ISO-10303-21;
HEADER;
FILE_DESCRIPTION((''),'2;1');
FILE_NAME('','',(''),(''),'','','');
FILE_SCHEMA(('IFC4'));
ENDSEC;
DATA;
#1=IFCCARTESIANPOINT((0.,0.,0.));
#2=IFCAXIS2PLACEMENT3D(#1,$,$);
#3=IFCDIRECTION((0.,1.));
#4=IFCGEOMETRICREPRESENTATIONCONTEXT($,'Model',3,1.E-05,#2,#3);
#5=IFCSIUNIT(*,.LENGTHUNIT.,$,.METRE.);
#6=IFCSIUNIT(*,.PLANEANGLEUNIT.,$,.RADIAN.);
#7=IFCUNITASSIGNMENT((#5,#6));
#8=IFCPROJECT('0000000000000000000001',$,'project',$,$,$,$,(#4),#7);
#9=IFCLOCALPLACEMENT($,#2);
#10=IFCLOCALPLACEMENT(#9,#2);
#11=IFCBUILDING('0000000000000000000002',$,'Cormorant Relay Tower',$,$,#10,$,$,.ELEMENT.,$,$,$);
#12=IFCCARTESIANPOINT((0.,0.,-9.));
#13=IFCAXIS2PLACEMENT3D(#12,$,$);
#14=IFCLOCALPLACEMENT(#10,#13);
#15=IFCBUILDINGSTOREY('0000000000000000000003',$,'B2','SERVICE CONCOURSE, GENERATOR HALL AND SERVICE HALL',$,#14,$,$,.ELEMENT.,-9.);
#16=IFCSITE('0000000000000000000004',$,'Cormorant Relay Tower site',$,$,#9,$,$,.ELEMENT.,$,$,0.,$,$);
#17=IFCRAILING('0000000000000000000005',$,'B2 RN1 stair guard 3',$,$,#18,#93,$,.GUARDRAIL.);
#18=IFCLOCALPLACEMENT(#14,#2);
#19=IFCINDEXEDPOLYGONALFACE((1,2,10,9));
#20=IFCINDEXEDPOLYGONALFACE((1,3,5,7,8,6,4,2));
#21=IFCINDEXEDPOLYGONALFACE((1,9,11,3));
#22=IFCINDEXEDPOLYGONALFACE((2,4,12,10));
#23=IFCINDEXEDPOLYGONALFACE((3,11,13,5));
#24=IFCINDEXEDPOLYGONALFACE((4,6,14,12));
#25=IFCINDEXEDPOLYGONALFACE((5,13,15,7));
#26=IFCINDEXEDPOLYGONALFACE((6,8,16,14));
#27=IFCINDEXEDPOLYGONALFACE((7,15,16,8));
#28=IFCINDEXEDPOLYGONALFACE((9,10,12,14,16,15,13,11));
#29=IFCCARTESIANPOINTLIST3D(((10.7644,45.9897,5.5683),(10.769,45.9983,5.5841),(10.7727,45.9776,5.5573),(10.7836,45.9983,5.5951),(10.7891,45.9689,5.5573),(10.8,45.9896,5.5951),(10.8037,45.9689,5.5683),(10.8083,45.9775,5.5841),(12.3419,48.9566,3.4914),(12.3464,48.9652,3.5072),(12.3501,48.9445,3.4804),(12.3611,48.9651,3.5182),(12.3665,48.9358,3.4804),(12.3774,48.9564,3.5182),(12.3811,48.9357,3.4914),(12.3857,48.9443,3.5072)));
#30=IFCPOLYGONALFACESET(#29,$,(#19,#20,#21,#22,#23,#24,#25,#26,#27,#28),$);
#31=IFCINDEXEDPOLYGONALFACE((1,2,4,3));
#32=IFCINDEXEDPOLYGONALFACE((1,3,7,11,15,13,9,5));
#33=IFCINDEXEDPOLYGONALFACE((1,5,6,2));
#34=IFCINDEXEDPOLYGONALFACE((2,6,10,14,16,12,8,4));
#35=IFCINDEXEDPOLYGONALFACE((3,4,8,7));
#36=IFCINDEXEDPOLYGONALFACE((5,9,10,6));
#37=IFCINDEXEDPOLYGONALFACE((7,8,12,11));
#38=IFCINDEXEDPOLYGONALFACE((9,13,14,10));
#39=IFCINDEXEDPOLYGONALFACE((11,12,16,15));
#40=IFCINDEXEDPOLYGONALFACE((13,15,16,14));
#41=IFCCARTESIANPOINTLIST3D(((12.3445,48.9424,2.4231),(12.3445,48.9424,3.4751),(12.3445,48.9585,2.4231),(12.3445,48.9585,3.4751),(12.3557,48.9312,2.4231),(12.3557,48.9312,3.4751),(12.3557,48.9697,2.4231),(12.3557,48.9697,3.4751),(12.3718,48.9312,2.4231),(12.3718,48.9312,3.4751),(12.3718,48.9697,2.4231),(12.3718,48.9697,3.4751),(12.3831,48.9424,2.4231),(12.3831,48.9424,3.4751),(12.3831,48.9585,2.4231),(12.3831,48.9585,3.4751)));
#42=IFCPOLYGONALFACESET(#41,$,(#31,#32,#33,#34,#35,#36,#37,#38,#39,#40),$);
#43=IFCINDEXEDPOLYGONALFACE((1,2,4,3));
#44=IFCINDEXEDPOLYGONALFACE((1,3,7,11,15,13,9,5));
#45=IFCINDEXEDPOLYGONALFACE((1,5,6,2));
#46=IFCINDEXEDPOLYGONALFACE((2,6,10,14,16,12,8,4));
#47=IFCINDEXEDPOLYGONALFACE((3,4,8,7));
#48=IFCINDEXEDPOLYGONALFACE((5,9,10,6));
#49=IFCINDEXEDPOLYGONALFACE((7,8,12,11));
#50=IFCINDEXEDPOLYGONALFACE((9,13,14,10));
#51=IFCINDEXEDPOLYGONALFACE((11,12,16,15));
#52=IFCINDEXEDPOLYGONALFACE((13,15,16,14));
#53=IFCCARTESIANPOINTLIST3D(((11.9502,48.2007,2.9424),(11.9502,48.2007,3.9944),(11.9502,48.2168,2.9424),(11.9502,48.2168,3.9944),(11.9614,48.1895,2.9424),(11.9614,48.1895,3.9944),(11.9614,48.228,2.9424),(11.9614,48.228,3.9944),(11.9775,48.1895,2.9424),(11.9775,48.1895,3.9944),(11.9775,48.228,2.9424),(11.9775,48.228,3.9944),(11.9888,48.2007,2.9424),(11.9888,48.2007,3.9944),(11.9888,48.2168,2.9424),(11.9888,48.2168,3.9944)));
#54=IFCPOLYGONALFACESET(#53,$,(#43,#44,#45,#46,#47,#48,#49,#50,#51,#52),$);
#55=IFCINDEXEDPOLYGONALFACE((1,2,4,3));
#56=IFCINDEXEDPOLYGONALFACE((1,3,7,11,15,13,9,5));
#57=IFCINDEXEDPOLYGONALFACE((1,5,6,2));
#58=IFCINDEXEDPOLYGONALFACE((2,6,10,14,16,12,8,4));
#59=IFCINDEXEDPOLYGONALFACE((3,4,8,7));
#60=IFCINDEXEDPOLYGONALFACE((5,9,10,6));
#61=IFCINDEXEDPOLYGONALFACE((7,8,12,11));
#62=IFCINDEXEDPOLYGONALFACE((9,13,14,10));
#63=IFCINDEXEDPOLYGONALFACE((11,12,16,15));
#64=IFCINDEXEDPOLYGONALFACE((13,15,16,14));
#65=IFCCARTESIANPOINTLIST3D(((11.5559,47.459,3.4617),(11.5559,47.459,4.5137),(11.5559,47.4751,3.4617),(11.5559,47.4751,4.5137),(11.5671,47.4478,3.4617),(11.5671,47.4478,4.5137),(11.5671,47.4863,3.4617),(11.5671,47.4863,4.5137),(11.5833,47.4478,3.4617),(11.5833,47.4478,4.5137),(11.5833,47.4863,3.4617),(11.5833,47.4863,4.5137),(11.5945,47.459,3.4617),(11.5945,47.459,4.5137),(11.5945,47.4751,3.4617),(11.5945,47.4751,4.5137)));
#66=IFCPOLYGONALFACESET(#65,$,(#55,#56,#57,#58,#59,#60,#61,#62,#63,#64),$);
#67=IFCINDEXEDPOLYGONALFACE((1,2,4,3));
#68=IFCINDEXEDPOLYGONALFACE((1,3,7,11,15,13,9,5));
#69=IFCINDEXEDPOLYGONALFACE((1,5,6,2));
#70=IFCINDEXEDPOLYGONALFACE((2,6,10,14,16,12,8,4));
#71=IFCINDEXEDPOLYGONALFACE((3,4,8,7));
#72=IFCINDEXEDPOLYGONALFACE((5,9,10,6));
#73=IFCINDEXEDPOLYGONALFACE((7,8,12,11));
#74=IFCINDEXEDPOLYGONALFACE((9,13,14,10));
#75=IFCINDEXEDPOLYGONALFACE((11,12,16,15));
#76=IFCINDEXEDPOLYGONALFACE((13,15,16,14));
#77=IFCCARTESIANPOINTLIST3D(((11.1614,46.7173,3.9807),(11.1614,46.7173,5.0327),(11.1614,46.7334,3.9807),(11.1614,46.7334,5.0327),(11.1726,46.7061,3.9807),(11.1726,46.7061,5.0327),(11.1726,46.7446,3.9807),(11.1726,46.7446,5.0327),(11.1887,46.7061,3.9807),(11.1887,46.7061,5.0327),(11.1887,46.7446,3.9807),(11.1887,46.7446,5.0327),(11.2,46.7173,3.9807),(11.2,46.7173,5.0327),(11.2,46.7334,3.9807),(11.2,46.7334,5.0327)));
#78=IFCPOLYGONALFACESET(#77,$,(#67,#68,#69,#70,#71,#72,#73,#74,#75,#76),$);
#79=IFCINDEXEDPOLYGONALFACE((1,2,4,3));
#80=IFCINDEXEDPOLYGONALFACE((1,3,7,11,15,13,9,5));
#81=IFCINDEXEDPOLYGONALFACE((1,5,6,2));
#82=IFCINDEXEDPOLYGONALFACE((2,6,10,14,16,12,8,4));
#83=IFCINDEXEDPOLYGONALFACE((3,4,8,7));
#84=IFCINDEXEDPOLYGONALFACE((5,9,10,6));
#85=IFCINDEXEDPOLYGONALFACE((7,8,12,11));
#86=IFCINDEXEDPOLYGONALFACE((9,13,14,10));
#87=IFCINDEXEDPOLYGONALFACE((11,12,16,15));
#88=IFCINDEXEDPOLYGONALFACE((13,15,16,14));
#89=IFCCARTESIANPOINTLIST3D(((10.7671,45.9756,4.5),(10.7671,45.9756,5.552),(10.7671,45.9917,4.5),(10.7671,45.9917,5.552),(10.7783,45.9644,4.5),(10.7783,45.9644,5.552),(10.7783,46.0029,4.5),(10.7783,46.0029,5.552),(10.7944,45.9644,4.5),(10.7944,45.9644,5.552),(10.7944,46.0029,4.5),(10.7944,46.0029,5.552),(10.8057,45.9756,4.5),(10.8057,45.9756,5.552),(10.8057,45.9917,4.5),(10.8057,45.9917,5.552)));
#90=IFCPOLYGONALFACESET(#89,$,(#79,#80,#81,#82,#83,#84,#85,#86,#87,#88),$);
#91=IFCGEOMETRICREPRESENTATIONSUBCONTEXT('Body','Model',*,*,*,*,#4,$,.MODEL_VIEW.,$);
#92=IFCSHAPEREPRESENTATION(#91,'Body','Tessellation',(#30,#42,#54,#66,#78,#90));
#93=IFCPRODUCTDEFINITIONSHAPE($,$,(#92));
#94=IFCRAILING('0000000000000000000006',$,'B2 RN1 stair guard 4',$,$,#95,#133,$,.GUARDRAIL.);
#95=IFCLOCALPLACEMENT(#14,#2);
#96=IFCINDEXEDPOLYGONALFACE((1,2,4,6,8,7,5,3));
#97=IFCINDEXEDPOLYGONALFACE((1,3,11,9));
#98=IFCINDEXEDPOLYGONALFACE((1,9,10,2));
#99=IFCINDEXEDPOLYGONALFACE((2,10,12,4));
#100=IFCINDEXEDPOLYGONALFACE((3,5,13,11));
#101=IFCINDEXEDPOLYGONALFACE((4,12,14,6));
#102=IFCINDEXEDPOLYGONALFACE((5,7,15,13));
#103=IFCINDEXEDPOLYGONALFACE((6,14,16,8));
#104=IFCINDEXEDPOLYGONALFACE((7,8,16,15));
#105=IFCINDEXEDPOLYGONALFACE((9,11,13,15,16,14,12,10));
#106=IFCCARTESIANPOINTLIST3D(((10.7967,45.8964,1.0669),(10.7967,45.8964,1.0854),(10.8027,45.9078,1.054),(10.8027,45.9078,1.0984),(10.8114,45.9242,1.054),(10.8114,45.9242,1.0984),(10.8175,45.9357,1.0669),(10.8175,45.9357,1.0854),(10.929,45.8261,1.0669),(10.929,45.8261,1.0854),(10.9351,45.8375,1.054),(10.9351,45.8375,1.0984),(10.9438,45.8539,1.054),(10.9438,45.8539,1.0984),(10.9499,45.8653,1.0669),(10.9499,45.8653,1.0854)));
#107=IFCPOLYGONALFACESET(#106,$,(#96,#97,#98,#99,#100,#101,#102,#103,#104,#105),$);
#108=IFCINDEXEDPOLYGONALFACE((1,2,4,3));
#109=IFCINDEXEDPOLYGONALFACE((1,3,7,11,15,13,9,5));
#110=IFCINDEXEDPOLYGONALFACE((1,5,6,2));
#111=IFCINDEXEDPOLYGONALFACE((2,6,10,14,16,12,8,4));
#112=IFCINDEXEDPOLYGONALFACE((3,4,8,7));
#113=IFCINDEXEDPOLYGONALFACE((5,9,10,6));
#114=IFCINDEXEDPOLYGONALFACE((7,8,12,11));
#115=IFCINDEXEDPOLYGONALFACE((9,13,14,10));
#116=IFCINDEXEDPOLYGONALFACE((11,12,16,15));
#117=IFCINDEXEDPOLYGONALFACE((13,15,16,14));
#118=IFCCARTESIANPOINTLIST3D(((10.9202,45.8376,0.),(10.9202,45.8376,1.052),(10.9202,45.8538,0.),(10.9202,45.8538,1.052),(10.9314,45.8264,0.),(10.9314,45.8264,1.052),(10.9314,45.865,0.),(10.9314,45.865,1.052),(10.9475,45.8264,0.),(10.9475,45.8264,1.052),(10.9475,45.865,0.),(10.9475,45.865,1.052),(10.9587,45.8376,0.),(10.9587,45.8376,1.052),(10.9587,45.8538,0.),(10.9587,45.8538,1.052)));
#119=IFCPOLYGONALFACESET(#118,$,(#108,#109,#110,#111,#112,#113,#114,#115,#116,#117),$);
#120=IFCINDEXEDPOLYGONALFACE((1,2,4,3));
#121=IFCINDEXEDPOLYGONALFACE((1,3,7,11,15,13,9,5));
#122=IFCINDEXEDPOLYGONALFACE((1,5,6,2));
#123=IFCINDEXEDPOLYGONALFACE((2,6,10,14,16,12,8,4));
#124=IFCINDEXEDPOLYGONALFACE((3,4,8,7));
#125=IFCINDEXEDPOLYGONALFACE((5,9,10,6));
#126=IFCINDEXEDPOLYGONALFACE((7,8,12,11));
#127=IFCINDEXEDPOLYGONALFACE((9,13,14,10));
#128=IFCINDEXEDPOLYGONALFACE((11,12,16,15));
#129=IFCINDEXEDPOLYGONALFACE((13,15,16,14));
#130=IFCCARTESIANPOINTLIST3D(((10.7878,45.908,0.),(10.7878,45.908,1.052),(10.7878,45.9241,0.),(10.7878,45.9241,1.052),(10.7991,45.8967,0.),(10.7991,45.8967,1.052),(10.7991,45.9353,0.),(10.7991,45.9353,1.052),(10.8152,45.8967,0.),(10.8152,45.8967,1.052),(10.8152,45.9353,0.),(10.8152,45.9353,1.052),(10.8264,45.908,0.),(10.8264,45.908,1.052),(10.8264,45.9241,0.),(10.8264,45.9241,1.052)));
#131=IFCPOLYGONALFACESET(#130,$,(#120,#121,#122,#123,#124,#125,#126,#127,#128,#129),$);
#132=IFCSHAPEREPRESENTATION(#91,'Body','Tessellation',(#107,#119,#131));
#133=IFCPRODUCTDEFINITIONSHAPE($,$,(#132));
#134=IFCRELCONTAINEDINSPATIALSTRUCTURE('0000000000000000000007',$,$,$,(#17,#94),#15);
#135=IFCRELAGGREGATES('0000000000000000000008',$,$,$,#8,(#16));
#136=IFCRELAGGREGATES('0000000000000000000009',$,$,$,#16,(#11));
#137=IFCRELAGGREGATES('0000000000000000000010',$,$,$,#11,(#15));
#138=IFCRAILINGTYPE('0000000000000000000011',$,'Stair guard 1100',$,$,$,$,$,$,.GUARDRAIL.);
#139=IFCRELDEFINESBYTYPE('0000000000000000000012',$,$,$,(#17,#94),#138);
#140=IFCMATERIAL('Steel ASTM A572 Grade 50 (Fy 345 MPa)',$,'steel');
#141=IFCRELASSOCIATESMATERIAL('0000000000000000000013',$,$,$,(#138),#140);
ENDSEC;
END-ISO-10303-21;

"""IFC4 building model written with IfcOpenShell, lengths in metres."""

from ifc_helpers import new_model, si_unit, direction, frame, origin, place, context, subcontext, project, spatial, polyline, outline, extrude, material, type_object, element, save


model = new_model("IFC4")

# Units and contexts
model_context = context("Model", 3, precision=1e-05, world=origin(), true_north=direction((0.0, 1.0)))
body_context = subcontext(model_context, "Body", "Model", "MODEL_VIEW")
ifc_project = project(units=[si_unit("LENGTHUNIT", "METRE"), si_unit("PLANEANGLEUNIT", "RADIAN")], contexts=[model_context])

# Site, building, storey
site_placement = place(None, origin())
site = spatial("IfcSite", under=ifc_project, at=site_placement, Name="Cormorant Relay Tower site", CompositionType="ELEMENT", RefElevation=0.0)
building_placement = place(site_placement, origin())
building = spatial("IfcBuilding", under=site, at=building_placement, Name="Cormorant Relay Tower", CompositionType="ELEMENT")
storey_placement = place(building_placement, frame((0.0, 0.0, -9.0)))
storey = spatial("IfcBuildingStorey", under=building, at=storey_placement, Name="B2", Description="SERVICE CONCOURSE, GENERATOR HALL AND SERVICE HALL", CompositionType="ELEMENT", Elevation=-9.0)

# Railings
ifc_material_1 = material(Name="Steel ASTM A572 Grade 50 (Fy 345 MPa)", Category="steel")
railing_type_1 = type_object("IfcRailingType", Name="Stair guard 1100", PredefinedType="GUARDRAIL", material=ifc_material_1)
railing_1_placement = place(storey_placement, frame((12.3638, 48.9504, 2.4231)))
element("IfcRailing", 1, at=railing_1_placement, inside=storey, type_object=railing_type_1, Name="B2 RN1 stair guard 3", PredefinedType="GUARDRAIL", context=body_context, shape_type="SweptSolid", body=[
    extrude(outline(polyline([(0.0222, 0.0093), (0.0093, 0.0222), (-0.0093, 0.0222), (-0.0222, 0.0093), (-0.0222, -0.0093), (-0.0093, -0.0222), (0.0093, -0.0222), (0.0222, -0.0093), (0.0222, 0.0093)])), frame((0.0, 0.0, 1.0762), z_axis=(-0.399326, -0.751062, 0.52578), x_axis=(0.882958, -0.469453, 0.0)), (0.0, 0.0, 1.0), 3.9502),
    extrude(outline(polyline([(0.0193, 0.0081), (0.0081, 0.0193), (-0.0081, 0.0193), (-0.0193, 0.0081), (-0.0193, -0.0081), (-0.0081, -0.0193), (0.0081, -0.0193), (0.0193, -0.0081), (0.0193, 0.0081)])), origin(), (0.0, 0.0, 1.0), 1.052),
    extrude(outline(polyline([(0.0193, 0.0081), (0.0081, 0.0193), (-0.0081, 0.0193), (-0.0193, 0.0081), (-0.0193, -0.0081), (-0.0081, -0.0193), (0.0081, -0.0193), (0.0193, -0.0081), (0.0193, 0.0081)])), frame((-0.3943, -0.7417, 0.5193)), (0.0, 0.0, 1.0), 1.052),
    extrude(outline(polyline([(0.0193, 0.0081), (0.0081, 0.0193), (-0.0081, 0.0193), (-0.0193, 0.0081), (-0.0193, -0.0081), (-0.0081, -0.0193), (0.0081, -0.0193), (0.0193, -0.0081), (0.0193, 0.0081)])), frame((-0.7886, -1.4834, 1.0386)), (0.0, 0.0, 1.0), 1.052),
    extrude(outline(polyline([(0.0193, 0.0081), (0.0081, 0.0193), (-0.0081, 0.0193), (-0.0193, 0.0081), (-0.0193, -0.0081), (-0.0081, -0.0193), (0.0081, -0.0193), (0.0193, -0.0081), (0.0193, 0.0081)])), frame((-1.1831, -2.2251, 1.5576)), (0.0, 0.0, 1.0), 1.052),
    extrude(outline(polyline([(0.0193, 0.0081), (0.0081, 0.0193), (-0.0081, 0.0193), (-0.0193, 0.0081), (-0.0193, -0.0081), (-0.0081, -0.0193), (0.0081, -0.0193), (0.0193, -0.0081), (0.0193, 0.0081)])), frame((-1.5774, -2.9668, 2.0769)), (0.0, 0.0, 1.0), 1.052),
])
railing_2_placement = place(storey_placement, frame((10.9395, 45.8457, 0.0)))
element("IfcRailing", 2, at=railing_2_placement, inside=storey, type_object=railing_type_1, Name="B2 RN1 stair guard 4", PredefinedType="GUARDRAIL", context=body_context, shape_type="SweptSolid", body=[
    extrude(outline(polyline([(0.0222, 0.0093), (0.0093, 0.0222), (-0.0093, 0.0222), (-0.0222, 0.0093), (-0.0222, -0.0093), (-0.0093, -0.0222), (0.0093, -0.0222), (0.0222, -0.0093), (0.0222, 0.0093)])), frame((0.0, 0.0, 1.0762), z_axis=(-0.883074, 0.469235, 0.0), x_axis=(-0.469235, -0.883074, 0.0)), (0.0, 0.0, 1.0), 0.1499),
    extrude(outline(polyline([(0.0193, 0.0081), (0.0081, 0.0193), (-0.0081, 0.0193), (-0.0193, 0.0081), (-0.0193, -0.0081), (-0.0081, -0.0193), (0.0081, -0.0193), (0.0193, -0.0081), (0.0193, 0.0081)])), origin(), (0.0, 0.0, 1.0), 1.052),
    extrude(outline(polyline([(0.0193, 0.0081), (0.0081, 0.0193), (-0.0081, 0.0193), (-0.0193, 0.0081), (-0.0193, -0.0081), (-0.0081, -0.0193), (0.0081, -0.0193), (0.0193, -0.0081), (0.0193, 0.0081)])), frame((-0.1323, 0.0703, 0.0)), (0.0, 0.0, 1.0), 1.052),
])

save(model, "model.ifc")
